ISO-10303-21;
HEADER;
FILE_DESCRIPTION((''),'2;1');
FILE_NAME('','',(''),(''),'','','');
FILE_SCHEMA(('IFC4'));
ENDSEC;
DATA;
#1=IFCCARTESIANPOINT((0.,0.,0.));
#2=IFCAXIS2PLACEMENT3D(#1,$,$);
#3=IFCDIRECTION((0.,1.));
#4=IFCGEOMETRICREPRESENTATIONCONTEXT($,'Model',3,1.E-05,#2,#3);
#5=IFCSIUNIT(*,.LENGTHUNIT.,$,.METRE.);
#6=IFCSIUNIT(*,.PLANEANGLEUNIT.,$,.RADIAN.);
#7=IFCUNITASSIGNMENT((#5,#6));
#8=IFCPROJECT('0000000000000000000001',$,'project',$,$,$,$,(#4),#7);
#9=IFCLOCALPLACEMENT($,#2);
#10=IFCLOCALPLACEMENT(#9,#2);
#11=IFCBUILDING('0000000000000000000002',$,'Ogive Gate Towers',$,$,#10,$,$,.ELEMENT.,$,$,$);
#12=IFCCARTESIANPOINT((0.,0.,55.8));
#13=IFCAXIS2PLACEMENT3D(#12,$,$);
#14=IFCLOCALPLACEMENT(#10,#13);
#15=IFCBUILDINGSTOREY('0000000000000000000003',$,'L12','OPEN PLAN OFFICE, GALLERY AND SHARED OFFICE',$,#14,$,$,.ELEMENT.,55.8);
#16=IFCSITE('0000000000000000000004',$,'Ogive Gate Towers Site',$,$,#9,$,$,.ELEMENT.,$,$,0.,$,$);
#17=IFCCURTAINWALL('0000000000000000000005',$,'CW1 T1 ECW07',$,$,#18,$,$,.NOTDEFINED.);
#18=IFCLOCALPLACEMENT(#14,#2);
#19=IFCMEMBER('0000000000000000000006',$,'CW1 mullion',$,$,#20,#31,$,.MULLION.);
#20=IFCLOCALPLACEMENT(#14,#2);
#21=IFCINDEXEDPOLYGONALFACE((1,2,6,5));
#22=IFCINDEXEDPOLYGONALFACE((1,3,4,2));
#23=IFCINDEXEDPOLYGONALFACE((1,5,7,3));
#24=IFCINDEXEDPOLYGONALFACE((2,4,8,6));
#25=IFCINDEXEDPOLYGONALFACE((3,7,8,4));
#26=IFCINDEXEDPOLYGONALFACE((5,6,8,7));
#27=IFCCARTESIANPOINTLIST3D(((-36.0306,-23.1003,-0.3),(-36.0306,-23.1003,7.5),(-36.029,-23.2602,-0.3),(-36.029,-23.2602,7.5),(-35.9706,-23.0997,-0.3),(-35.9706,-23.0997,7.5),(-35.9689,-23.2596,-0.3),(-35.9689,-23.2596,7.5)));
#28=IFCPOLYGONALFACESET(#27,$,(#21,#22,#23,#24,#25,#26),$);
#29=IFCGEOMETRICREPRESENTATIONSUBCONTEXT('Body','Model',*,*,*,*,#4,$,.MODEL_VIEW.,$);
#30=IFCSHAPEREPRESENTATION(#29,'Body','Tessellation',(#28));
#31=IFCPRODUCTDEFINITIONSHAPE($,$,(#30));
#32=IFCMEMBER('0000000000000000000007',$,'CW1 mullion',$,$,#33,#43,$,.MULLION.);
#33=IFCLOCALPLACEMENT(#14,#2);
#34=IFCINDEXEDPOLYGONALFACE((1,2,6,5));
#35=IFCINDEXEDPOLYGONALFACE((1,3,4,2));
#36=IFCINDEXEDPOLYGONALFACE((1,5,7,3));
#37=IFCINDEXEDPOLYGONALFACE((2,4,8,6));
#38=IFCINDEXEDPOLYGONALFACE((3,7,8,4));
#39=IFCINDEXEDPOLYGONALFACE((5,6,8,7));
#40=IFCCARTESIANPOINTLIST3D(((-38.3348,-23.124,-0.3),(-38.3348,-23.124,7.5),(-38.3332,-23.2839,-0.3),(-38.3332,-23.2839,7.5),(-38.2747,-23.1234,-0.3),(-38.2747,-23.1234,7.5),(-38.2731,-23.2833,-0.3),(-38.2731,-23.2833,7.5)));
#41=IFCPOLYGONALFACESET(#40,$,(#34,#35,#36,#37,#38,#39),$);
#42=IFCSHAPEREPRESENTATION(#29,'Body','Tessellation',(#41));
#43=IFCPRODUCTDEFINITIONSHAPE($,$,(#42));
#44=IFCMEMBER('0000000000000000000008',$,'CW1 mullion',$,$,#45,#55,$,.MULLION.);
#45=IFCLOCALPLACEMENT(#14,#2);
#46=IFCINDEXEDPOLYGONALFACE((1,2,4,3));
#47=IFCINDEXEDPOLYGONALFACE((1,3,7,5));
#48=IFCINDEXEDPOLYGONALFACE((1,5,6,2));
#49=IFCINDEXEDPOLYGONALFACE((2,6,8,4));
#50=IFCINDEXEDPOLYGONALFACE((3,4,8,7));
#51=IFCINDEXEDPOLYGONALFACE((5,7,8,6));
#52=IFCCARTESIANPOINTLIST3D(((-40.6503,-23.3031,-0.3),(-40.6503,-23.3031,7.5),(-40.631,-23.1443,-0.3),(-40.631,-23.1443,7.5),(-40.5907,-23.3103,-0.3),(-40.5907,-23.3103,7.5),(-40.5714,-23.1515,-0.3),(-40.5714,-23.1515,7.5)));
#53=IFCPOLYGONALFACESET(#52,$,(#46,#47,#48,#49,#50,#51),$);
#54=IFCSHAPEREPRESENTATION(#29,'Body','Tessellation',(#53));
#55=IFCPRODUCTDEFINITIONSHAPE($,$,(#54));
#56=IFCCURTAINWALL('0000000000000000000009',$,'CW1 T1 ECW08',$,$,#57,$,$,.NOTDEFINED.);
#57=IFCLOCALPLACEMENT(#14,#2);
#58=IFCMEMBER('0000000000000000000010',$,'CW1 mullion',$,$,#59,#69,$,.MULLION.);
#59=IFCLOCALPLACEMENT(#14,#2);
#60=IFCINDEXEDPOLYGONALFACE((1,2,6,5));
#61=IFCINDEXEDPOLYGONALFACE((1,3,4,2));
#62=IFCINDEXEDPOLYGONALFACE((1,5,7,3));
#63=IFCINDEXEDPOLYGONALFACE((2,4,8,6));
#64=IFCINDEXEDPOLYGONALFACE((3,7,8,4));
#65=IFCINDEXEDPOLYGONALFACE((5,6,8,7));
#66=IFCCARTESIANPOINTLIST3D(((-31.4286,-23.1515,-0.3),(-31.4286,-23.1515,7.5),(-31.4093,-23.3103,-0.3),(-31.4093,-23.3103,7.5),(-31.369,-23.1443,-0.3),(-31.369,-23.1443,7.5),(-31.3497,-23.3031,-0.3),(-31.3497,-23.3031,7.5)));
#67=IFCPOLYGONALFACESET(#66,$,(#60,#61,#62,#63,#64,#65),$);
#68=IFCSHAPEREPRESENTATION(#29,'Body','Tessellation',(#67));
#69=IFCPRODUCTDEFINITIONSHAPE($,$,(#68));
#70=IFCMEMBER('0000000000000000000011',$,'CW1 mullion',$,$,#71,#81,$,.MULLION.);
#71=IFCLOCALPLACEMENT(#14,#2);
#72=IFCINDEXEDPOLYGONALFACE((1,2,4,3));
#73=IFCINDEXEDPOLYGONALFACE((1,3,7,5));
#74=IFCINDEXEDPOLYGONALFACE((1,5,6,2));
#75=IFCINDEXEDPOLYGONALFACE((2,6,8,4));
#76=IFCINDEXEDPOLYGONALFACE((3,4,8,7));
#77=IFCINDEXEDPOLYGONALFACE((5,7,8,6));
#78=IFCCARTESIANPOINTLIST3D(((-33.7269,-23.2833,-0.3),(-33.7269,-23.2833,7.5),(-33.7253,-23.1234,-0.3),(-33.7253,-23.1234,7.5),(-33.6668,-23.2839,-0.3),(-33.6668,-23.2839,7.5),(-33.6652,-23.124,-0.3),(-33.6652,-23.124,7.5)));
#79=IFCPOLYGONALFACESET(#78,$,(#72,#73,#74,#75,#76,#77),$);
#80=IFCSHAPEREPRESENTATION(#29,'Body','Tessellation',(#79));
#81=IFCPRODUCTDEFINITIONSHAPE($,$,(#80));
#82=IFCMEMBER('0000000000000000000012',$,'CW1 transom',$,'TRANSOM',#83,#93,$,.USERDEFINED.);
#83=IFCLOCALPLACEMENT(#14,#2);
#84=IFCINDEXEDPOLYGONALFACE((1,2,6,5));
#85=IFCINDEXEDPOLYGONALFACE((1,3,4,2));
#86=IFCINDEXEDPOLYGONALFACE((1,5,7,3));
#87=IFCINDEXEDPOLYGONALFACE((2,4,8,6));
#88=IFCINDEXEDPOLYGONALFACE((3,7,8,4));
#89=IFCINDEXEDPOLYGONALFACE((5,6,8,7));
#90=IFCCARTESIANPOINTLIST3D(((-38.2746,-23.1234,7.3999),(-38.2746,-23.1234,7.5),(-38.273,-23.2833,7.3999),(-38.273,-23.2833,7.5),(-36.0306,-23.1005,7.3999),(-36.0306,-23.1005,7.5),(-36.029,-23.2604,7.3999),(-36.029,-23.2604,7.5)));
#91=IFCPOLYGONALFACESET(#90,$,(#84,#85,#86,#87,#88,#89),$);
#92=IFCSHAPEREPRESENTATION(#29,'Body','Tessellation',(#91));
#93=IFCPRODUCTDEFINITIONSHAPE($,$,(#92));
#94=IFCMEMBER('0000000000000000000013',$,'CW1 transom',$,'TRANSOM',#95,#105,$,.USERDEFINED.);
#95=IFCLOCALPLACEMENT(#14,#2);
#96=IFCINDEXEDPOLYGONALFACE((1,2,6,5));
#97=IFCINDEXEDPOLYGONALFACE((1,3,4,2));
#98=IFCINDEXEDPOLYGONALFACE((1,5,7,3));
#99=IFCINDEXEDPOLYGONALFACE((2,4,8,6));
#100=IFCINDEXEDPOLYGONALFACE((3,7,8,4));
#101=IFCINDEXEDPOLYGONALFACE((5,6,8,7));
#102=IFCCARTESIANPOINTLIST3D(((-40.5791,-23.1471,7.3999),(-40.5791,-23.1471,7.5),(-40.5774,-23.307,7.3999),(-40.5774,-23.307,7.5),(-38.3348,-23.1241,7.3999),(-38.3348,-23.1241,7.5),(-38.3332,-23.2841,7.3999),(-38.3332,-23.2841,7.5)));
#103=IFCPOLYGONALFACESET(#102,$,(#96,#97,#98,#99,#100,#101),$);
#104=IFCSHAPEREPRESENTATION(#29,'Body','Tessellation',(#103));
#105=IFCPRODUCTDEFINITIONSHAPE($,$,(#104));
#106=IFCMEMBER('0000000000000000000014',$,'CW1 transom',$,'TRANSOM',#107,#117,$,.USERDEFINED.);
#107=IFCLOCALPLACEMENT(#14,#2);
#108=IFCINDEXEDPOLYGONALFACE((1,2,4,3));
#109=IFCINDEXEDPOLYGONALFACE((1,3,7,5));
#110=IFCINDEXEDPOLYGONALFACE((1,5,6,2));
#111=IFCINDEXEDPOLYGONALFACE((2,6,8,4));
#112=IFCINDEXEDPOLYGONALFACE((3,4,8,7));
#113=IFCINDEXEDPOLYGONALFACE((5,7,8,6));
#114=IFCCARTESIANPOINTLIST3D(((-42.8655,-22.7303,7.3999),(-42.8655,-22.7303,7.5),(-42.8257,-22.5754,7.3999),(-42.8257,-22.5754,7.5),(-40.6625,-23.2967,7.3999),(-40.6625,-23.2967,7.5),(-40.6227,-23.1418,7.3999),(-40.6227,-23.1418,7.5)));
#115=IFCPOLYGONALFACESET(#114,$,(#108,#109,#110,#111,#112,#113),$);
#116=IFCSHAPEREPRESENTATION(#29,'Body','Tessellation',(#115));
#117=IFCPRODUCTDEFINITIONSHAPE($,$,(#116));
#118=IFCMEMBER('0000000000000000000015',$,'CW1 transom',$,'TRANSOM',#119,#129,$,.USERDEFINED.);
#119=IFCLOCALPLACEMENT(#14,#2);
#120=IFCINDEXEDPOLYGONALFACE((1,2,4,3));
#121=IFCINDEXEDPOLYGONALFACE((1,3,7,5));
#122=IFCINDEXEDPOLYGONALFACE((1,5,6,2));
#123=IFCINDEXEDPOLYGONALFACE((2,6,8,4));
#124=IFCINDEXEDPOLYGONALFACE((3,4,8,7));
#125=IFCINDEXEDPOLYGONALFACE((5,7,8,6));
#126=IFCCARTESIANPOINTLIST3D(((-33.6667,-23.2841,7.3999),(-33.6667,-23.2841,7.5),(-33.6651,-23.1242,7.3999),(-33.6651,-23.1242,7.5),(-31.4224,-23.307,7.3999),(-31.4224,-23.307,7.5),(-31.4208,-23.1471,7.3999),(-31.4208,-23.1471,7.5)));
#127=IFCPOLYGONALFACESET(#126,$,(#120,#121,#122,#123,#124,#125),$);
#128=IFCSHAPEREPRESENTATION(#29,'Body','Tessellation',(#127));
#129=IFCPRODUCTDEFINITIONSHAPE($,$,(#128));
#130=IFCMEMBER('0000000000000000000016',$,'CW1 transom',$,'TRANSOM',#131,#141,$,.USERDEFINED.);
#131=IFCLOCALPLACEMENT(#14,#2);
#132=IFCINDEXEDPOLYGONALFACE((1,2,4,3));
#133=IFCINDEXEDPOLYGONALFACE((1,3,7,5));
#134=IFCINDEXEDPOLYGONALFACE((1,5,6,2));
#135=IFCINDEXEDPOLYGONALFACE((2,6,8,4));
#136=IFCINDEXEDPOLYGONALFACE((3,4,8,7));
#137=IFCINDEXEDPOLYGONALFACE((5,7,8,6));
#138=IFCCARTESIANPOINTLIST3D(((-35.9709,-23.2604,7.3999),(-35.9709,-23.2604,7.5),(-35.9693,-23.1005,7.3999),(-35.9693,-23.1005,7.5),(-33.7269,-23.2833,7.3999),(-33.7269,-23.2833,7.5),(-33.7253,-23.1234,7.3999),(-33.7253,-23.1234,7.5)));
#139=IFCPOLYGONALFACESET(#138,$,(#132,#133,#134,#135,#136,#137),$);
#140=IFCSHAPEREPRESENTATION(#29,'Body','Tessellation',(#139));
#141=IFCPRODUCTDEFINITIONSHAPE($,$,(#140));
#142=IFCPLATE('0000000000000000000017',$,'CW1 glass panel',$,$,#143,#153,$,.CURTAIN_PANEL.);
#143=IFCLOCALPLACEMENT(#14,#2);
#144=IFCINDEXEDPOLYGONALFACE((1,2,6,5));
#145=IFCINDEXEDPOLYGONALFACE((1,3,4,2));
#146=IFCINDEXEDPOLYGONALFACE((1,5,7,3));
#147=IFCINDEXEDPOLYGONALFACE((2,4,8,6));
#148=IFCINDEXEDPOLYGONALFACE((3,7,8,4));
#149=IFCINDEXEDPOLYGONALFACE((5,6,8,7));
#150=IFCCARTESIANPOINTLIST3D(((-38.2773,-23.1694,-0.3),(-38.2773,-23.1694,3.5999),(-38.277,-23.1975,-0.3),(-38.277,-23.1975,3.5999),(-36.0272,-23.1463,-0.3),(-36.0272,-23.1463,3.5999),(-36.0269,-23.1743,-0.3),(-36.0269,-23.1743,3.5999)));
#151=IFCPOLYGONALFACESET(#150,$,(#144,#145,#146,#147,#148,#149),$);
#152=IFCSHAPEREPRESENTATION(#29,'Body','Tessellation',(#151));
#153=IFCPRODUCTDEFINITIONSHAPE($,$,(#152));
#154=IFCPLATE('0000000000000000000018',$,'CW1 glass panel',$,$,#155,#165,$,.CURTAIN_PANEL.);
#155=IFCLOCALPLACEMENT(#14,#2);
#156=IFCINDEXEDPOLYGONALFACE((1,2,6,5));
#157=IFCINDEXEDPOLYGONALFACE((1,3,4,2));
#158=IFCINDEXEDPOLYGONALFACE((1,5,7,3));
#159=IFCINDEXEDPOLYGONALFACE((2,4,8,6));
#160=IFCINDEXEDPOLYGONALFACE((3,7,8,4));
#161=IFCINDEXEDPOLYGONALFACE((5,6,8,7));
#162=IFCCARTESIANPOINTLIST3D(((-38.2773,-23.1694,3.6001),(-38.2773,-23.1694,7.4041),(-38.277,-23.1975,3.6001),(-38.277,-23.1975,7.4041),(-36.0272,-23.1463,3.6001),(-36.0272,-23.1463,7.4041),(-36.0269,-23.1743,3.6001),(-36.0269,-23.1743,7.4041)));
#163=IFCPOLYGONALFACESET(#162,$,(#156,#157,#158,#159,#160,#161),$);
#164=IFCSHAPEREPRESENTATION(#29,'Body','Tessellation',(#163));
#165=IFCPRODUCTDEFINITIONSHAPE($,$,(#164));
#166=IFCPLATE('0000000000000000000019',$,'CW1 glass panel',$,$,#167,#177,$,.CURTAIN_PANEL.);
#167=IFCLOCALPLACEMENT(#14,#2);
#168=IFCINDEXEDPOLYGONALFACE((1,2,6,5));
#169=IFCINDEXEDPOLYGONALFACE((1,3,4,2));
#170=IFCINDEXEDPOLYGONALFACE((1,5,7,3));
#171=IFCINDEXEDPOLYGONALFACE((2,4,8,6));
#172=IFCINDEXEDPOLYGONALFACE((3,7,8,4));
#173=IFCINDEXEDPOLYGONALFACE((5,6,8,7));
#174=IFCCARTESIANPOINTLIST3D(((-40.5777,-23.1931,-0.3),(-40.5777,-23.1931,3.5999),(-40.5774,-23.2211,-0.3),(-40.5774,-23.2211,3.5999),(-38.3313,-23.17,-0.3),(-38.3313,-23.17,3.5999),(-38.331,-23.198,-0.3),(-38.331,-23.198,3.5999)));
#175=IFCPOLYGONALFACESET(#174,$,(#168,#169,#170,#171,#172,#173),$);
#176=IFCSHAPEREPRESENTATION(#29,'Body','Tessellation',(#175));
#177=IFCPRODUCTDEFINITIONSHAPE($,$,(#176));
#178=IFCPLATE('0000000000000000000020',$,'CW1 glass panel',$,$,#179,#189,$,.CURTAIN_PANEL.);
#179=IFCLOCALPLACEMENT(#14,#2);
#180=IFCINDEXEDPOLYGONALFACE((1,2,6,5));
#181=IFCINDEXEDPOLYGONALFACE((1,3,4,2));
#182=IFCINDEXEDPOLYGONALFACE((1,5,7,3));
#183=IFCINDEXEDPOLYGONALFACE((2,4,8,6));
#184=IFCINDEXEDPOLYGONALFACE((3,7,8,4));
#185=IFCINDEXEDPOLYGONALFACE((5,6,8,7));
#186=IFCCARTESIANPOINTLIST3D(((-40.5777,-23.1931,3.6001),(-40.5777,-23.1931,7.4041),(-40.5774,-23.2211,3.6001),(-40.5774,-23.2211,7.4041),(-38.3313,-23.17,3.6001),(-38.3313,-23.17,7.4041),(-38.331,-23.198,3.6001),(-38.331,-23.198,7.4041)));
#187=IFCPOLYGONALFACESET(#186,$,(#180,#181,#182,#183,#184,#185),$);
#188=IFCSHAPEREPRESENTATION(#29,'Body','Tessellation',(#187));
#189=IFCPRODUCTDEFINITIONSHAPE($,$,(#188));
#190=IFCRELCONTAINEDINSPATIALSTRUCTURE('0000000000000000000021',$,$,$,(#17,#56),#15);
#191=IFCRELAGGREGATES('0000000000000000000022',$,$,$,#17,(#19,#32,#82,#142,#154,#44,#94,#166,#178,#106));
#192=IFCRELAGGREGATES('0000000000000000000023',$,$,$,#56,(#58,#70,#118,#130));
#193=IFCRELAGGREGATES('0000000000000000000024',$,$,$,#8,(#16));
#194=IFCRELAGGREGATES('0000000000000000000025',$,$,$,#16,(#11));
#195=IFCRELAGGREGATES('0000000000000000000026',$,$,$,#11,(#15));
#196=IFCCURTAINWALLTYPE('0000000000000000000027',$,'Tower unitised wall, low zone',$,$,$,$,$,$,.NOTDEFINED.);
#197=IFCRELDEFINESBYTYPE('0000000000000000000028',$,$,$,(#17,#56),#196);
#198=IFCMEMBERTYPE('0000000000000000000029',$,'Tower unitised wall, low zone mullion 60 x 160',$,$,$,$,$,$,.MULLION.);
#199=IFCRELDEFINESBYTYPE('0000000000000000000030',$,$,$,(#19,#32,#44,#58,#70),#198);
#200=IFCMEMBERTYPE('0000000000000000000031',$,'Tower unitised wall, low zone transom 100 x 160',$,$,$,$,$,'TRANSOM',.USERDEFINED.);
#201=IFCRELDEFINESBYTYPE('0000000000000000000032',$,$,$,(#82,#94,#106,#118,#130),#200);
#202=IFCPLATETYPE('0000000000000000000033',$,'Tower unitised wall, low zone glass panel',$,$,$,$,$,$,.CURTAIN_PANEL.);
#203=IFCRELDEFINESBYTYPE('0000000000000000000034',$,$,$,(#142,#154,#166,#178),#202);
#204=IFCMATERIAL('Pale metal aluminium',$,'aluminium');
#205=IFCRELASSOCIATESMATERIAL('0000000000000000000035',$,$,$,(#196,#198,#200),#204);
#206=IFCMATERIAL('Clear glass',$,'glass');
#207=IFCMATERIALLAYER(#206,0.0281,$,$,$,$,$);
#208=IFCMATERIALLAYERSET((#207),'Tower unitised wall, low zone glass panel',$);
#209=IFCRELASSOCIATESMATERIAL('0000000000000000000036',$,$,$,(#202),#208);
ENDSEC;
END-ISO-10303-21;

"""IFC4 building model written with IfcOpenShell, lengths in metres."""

from ifc_helpers import new_model, si_unit, direction, frame, origin, origin_2d, place, context, subcontext, project, spatial, rectangle, extrude, material, layer, layer_set, material_profile, profile_set, type_object, element, aggregate, save


model = new_model("IFC4")

# Units and contexts
model_context = context("Model", 3, precision=1e-05, world=origin(), true_north=direction((0.0, 1.0)))
body_context = subcontext(model_context, "Body", "Model", "MODEL_VIEW")
ifc_project = project(units=[si_unit("LENGTHUNIT", "METRE"), si_unit("PLANEANGLEUNIT", "RADIAN")], contexts=[model_context])

# Site, building, storey
site_placement = place(None, origin())
site = spatial("IfcSite", under=ifc_project, at=site_placement, Name="Ogive Gate Towers Site", CompositionType="ELEMENT", RefElevation=0.0)
building_placement = place(site_placement, origin())
building = spatial("IfcBuilding", under=site, at=building_placement, Name="Ogive Gate Towers", CompositionType="ELEMENT")
storey_placement = place(building_placement, frame((0.0, 0.0, 55.8)))
storey = spatial("IfcBuildingStorey", under=building, at=storey_placement, Name="L12", Description="OPEN PLAN OFFICE, GALLERY AND SHARED OFFICE", CompositionType="ELEMENT", Elevation=55.8)

# Curtain walls, members
ifc_material_1 = material(Name="Pale metal aluminium", Category="aluminium")
curtain_wall_type = type_object("IfcCurtainWallType", Name="Tower unitised wall, low zone", PredefinedType="NOTDEFINED", material=ifc_material_1)
curtain_wall_1_placement = place(storey_placement, origin())
curtain_wall_1 = element("IfcCurtainWall", 1, at=curtain_wall_1_placement, inside=storey, type_object=curtain_wall_type, Name="CW1 T1 ECW07", PredefinedType="NOTDEFINED")
ifc_material_profile_1 = material_profile(ifc_material_1, rectangle(XDim=0.1599, YDim=0.0601, at=origin_2d()), Name="60 x 160 aluminium box")
ifc_profile_set_1 = profile_set([ifc_material_profile_1], Name="Pale metal aluminium")
member_type_1 = type_object("IfcMemberType", Name="Tower unitised wall, low zone mullion 60 x 160", PredefinedType="MULLION", material=ifc_profile_set_1)
member_1_placement = place(storey_placement, frame((-35.9998, -23.1799, -0.3), z_axis=(0.0, 0.0, 1.0), x_axis=(-0.01028, 0.999947, 0.0)))
member_1 = element("IfcMember", 2, at=member_1_placement, type_object=member_type_1, Name="CW1 mullion", PredefinedType="MULLION", context=body_context, shape_type="SweptSolid", body=[
    extrude(rectangle(XDim=0.1599, YDim=0.0601, at=origin_2d()), origin(), (0.0, 0.0, 1.0), 7.8),
])
member_2_placement = place(storey_placement, frame((-38.304, -23.2036, -0.3), z_axis=(0.0, 0.0, 1.0), x_axis=(-0.01028, 0.999947, 0.0)))
member_2 = element("IfcMember", 3, at=member_2_placement, type_object=member_type_1, Name="CW1 mullion", PredefinedType="MULLION", context=body_context, shape_type="SweptSolid", body=[
    extrude(rectangle(XDim=0.1599, YDim=0.0601, at=origin_2d()), origin(), (0.0, 0.0, 1.0), 7.8),
])
member_3_placement = place(storey_placement, frame((-40.6108, -23.2273, -0.3), z_axis=(0.0, 0.0, 1.0), x_axis=(0.120379, 0.992728, 0.0)))
member_3 = element("IfcMember", 4, at=member_3_placement, type_object=member_type_1, Name="CW1 mullion", PredefinedType="MULLION", context=body_context, shape_type="SweptSolid", body=[
    extrude(rectangle(XDim=0.1599, YDim=0.0601, at=origin_2d()), origin(), (0.0, 0.0, 1.0), 7.8),
])
curtain_wall_2_placement = place(storey_placement, origin())
curtain_wall_2 = element("IfcCurtainWall", 5, at=curtain_wall_2_placement, inside=storey, type_object=curtain_wall_type, Name="CW1 T1 ECW08", PredefinedType="NOTDEFINED")
member_4_placement = place(storey_placement, frame((-31.3892, -23.2273, -0.3), z_axis=(0.0, 0.0, 1.0), x_axis=(-0.120379, 0.992728, 0.0)))
member_4 = element("IfcMember", 6, at=member_4_placement, type_object=member_type_1, Name="CW1 mullion", PredefinedType="MULLION", context=body_context, shape_type="SweptSolid", body=[
    extrude(rectangle(XDim=0.1599, YDim=0.0601, at=origin_2d()), origin(), (0.0, 0.0, 1.0), 7.8),
])
member_5_placement = place(storey_placement, frame((-33.696, -23.2036, -0.3), z_axis=(0.0, 0.0, 1.0), x_axis=(0.01028, 0.999947, 0.0)))
member_5 = element("IfcMember", 7, at=member_5_placement, type_object=member_type_1, Name="CW1 mullion", PredefinedType="MULLION", context=body_context, shape_type="SweptSolid", body=[
    extrude(rectangle(XDim=0.1599, YDim=0.0601, at=origin_2d()), origin(), (0.0, 0.0, 1.0), 7.8),
])

# Members
ifc_material_profile_2 = material_profile(ifc_material_1, rectangle(XDim=0.1599, YDim=0.1001, at=origin_2d()), Name="100 x 160 aluminium box")
ifc_profile_set_2 = profile_set([ifc_material_profile_2], Name="Pale metal aluminium")
member_type_2 = type_object("IfcMemberType", Name="Tower unitised wall, low zone transom 100 x 160", ElementType="TRANSOM", PredefinedType="USERDEFINED", material=ifc_profile_set_2)
member_6_placement = place(storey_placement, frame((-36.0298, -23.1804, 7.45), z_axis=(-0.999948, -0.010226, 0.0), x_axis=(0.010226, -0.999948, 0.0)))
member_6 = element("IfcMember", 8, at=member_6_placement, type_object=member_type_2, Name="CW1 transom", ObjectType="TRANSOM", PredefinedType="USERDEFINED", context=body_context, shape_type="SweptSolid", body=[
    extrude(rectangle(XDim=0.1599, YDim=0.1001, at=origin_2d()), origin(), (0.0, 0.0, 1.0), 2.2441),
])
member_7_placement = place(storey_placement, frame((-38.334, -23.2041, 7.45), z_axis=(-0.999948, -0.010225, 0.0), x_axis=(0.010225, -0.999948, 0.0)))
member_7 = element("IfcMember", 9, at=member_7_placement, type_object=member_type_2, Name="CW1 transom", ObjectType="TRANSOM", PredefinedType="USERDEFINED", context=body_context, shape_type="SweptSolid", body=[
    extrude(rectangle(XDim=0.1599, YDim=0.1001, at=origin_2d()), origin(), (0.0, 0.0, 1.0), 2.2444),
])
member_8_placement = place(storey_placement, frame((-40.6426, -23.2192, 7.45), z_axis=(-0.968505, 0.248995, 0.0), x_axis=(-0.248995, -0.968505, 0.0)))
member_8 = element("IfcMember", 10, at=member_8_placement, type_object=member_type_2, Name="CW1 transom", ObjectType="TRANSOM", PredefinedType="USERDEFINED", context=body_context, shape_type="SweptSolid", body=[
    extrude(rectangle(XDim=0.1599, YDim=0.1001, at=origin_2d()), origin(), (0.0, 0.0, 1.0), 2.2747),
])
member_9_placement = place(storey_placement, frame((-31.4216, -23.2271, 7.45), z_axis=(-0.999948, 0.010225, 0.0), x_axis=(-0.010225, -0.999948, 0.0)))
member_9 = element("IfcMember", 11, at=member_9_placement, type_object=member_type_2, Name="CW1 transom", ObjectType="TRANSOM", PredefinedType="USERDEFINED", context=body_context, shape_type="SweptSolid", body=[
    extrude(rectangle(XDim=0.1599, YDim=0.1001, at=origin_2d()), origin(), (0.0, 0.0, 1.0), 2.2444),
])
member_10_placement = place(storey_placement, frame((-33.7261, -23.2034, 7.45), z_axis=(-0.999948, 0.010226, 0.0), x_axis=(-0.010226, -0.999948, 0.0)))
member_10 = element("IfcMember", 12, at=member_10_placement, type_object=member_type_2, Name="CW1 transom", ObjectType="TRANSOM", PredefinedType="USERDEFINED", context=body_context, shape_type="SweptSolid", body=[
    extrude(rectangle(XDim=0.1599, YDim=0.1001, at=origin_2d()), origin(), (0.0, 0.0, 1.0), 2.2441),
])

# Plates
ifc_material_2 = material(Name="Clear glass", Category="glass")
ifc_layer_1 = layer(ifc_material_2, 0.0281)
ifc_layer_set_1 = layer_set([ifc_layer_1], Name="Tower unitised wall, low zone glass panel")
plate_type = type_object("IfcPlateType", Name="Tower unitised wall, low zone glass panel", PredefinedType="CURTAIN_PANEL", material=ifc_layer_set_1)
plate_1_placement = place(storey_placement, frame((-37.1521, -23.1719, -0.3), z_axis=(0.0, 0.0, 1.0), x_axis=(-0.999947, -0.01028, 0.0)))
plate_1 = element("IfcPlate", 13, at=plate_1_placement, type_object=plate_type, Name="CW1 glass panel", PredefinedType="CURTAIN_PANEL", context=body_context, shape_type="SweptSolid", body=[
    extrude(rectangle(XDim=2.2502, YDim=0.0281, at=origin_2d()), origin(), (0.0, 0.0, 1.0), 3.8999),
])
plate_2_placement = place(storey_placement, frame((-37.1521, -23.1719, 3.6001), z_axis=(0.0, 0.0, 1.0), x_axis=(-0.999947, -0.01028, 0.0)))
plate_2 = element("IfcPlate", 14, at=plate_2_placement, type_object=plate_type, Name="CW1 glass panel", PredefinedType="CURTAIN_PANEL", context=body_context, shape_type="SweptSolid", body=[
    extrude(rectangle(XDim=2.2502, YDim=0.0281, at=origin_2d()), origin(), (0.0, 0.0, 1.0), 3.804),
])
plate_3_placement = place(storey_placement, frame((-39.4543, -23.1956, -0.3), z_axis=(0.0, 0.0, 1.0), x_axis=(-0.999947, -0.01028, 0.0)))
plate_3 = element("IfcPlate", 15, at=plate_3_placement, type_object=plate_type, Name="CW1 glass panel", PredefinedType="CURTAIN_PANEL", context=body_context, shape_type="SweptSolid", body=[
    extrude(rectangle(XDim=2.2466, YDim=0.0281, at=origin_2d()), origin(), (0.0, 0.0, 1.0), 3.8999),
])
plate_4_placement = place(storey_placement, frame((-39.4543, -23.1956, 3.6001), z_axis=(0.0, 0.0, 1.0), x_axis=(-0.999947, -0.01028, 0.0)))
plate_4 = element("IfcPlate", 16, at=plate_4_placement, type_object=plate_type, Name="CW1 glass panel", PredefinedType="CURTAIN_PANEL", context=body_context, shape_type="SweptSolid", body=[
    extrude(rectangle(XDim=2.2466, YDim=0.0281, at=origin_2d()), origin(), (0.0, 0.0, 1.0), 3.804),
])
aggregate(curtain_wall_1, [member_1, member_2, member_6, plate_1, plate_2, member_3, member_7, plate_3, plate_4, member_8])
aggregate(curtain_wall_2, [member_4, member_5, member_9, member_10])

save(model, "model.ifc")
